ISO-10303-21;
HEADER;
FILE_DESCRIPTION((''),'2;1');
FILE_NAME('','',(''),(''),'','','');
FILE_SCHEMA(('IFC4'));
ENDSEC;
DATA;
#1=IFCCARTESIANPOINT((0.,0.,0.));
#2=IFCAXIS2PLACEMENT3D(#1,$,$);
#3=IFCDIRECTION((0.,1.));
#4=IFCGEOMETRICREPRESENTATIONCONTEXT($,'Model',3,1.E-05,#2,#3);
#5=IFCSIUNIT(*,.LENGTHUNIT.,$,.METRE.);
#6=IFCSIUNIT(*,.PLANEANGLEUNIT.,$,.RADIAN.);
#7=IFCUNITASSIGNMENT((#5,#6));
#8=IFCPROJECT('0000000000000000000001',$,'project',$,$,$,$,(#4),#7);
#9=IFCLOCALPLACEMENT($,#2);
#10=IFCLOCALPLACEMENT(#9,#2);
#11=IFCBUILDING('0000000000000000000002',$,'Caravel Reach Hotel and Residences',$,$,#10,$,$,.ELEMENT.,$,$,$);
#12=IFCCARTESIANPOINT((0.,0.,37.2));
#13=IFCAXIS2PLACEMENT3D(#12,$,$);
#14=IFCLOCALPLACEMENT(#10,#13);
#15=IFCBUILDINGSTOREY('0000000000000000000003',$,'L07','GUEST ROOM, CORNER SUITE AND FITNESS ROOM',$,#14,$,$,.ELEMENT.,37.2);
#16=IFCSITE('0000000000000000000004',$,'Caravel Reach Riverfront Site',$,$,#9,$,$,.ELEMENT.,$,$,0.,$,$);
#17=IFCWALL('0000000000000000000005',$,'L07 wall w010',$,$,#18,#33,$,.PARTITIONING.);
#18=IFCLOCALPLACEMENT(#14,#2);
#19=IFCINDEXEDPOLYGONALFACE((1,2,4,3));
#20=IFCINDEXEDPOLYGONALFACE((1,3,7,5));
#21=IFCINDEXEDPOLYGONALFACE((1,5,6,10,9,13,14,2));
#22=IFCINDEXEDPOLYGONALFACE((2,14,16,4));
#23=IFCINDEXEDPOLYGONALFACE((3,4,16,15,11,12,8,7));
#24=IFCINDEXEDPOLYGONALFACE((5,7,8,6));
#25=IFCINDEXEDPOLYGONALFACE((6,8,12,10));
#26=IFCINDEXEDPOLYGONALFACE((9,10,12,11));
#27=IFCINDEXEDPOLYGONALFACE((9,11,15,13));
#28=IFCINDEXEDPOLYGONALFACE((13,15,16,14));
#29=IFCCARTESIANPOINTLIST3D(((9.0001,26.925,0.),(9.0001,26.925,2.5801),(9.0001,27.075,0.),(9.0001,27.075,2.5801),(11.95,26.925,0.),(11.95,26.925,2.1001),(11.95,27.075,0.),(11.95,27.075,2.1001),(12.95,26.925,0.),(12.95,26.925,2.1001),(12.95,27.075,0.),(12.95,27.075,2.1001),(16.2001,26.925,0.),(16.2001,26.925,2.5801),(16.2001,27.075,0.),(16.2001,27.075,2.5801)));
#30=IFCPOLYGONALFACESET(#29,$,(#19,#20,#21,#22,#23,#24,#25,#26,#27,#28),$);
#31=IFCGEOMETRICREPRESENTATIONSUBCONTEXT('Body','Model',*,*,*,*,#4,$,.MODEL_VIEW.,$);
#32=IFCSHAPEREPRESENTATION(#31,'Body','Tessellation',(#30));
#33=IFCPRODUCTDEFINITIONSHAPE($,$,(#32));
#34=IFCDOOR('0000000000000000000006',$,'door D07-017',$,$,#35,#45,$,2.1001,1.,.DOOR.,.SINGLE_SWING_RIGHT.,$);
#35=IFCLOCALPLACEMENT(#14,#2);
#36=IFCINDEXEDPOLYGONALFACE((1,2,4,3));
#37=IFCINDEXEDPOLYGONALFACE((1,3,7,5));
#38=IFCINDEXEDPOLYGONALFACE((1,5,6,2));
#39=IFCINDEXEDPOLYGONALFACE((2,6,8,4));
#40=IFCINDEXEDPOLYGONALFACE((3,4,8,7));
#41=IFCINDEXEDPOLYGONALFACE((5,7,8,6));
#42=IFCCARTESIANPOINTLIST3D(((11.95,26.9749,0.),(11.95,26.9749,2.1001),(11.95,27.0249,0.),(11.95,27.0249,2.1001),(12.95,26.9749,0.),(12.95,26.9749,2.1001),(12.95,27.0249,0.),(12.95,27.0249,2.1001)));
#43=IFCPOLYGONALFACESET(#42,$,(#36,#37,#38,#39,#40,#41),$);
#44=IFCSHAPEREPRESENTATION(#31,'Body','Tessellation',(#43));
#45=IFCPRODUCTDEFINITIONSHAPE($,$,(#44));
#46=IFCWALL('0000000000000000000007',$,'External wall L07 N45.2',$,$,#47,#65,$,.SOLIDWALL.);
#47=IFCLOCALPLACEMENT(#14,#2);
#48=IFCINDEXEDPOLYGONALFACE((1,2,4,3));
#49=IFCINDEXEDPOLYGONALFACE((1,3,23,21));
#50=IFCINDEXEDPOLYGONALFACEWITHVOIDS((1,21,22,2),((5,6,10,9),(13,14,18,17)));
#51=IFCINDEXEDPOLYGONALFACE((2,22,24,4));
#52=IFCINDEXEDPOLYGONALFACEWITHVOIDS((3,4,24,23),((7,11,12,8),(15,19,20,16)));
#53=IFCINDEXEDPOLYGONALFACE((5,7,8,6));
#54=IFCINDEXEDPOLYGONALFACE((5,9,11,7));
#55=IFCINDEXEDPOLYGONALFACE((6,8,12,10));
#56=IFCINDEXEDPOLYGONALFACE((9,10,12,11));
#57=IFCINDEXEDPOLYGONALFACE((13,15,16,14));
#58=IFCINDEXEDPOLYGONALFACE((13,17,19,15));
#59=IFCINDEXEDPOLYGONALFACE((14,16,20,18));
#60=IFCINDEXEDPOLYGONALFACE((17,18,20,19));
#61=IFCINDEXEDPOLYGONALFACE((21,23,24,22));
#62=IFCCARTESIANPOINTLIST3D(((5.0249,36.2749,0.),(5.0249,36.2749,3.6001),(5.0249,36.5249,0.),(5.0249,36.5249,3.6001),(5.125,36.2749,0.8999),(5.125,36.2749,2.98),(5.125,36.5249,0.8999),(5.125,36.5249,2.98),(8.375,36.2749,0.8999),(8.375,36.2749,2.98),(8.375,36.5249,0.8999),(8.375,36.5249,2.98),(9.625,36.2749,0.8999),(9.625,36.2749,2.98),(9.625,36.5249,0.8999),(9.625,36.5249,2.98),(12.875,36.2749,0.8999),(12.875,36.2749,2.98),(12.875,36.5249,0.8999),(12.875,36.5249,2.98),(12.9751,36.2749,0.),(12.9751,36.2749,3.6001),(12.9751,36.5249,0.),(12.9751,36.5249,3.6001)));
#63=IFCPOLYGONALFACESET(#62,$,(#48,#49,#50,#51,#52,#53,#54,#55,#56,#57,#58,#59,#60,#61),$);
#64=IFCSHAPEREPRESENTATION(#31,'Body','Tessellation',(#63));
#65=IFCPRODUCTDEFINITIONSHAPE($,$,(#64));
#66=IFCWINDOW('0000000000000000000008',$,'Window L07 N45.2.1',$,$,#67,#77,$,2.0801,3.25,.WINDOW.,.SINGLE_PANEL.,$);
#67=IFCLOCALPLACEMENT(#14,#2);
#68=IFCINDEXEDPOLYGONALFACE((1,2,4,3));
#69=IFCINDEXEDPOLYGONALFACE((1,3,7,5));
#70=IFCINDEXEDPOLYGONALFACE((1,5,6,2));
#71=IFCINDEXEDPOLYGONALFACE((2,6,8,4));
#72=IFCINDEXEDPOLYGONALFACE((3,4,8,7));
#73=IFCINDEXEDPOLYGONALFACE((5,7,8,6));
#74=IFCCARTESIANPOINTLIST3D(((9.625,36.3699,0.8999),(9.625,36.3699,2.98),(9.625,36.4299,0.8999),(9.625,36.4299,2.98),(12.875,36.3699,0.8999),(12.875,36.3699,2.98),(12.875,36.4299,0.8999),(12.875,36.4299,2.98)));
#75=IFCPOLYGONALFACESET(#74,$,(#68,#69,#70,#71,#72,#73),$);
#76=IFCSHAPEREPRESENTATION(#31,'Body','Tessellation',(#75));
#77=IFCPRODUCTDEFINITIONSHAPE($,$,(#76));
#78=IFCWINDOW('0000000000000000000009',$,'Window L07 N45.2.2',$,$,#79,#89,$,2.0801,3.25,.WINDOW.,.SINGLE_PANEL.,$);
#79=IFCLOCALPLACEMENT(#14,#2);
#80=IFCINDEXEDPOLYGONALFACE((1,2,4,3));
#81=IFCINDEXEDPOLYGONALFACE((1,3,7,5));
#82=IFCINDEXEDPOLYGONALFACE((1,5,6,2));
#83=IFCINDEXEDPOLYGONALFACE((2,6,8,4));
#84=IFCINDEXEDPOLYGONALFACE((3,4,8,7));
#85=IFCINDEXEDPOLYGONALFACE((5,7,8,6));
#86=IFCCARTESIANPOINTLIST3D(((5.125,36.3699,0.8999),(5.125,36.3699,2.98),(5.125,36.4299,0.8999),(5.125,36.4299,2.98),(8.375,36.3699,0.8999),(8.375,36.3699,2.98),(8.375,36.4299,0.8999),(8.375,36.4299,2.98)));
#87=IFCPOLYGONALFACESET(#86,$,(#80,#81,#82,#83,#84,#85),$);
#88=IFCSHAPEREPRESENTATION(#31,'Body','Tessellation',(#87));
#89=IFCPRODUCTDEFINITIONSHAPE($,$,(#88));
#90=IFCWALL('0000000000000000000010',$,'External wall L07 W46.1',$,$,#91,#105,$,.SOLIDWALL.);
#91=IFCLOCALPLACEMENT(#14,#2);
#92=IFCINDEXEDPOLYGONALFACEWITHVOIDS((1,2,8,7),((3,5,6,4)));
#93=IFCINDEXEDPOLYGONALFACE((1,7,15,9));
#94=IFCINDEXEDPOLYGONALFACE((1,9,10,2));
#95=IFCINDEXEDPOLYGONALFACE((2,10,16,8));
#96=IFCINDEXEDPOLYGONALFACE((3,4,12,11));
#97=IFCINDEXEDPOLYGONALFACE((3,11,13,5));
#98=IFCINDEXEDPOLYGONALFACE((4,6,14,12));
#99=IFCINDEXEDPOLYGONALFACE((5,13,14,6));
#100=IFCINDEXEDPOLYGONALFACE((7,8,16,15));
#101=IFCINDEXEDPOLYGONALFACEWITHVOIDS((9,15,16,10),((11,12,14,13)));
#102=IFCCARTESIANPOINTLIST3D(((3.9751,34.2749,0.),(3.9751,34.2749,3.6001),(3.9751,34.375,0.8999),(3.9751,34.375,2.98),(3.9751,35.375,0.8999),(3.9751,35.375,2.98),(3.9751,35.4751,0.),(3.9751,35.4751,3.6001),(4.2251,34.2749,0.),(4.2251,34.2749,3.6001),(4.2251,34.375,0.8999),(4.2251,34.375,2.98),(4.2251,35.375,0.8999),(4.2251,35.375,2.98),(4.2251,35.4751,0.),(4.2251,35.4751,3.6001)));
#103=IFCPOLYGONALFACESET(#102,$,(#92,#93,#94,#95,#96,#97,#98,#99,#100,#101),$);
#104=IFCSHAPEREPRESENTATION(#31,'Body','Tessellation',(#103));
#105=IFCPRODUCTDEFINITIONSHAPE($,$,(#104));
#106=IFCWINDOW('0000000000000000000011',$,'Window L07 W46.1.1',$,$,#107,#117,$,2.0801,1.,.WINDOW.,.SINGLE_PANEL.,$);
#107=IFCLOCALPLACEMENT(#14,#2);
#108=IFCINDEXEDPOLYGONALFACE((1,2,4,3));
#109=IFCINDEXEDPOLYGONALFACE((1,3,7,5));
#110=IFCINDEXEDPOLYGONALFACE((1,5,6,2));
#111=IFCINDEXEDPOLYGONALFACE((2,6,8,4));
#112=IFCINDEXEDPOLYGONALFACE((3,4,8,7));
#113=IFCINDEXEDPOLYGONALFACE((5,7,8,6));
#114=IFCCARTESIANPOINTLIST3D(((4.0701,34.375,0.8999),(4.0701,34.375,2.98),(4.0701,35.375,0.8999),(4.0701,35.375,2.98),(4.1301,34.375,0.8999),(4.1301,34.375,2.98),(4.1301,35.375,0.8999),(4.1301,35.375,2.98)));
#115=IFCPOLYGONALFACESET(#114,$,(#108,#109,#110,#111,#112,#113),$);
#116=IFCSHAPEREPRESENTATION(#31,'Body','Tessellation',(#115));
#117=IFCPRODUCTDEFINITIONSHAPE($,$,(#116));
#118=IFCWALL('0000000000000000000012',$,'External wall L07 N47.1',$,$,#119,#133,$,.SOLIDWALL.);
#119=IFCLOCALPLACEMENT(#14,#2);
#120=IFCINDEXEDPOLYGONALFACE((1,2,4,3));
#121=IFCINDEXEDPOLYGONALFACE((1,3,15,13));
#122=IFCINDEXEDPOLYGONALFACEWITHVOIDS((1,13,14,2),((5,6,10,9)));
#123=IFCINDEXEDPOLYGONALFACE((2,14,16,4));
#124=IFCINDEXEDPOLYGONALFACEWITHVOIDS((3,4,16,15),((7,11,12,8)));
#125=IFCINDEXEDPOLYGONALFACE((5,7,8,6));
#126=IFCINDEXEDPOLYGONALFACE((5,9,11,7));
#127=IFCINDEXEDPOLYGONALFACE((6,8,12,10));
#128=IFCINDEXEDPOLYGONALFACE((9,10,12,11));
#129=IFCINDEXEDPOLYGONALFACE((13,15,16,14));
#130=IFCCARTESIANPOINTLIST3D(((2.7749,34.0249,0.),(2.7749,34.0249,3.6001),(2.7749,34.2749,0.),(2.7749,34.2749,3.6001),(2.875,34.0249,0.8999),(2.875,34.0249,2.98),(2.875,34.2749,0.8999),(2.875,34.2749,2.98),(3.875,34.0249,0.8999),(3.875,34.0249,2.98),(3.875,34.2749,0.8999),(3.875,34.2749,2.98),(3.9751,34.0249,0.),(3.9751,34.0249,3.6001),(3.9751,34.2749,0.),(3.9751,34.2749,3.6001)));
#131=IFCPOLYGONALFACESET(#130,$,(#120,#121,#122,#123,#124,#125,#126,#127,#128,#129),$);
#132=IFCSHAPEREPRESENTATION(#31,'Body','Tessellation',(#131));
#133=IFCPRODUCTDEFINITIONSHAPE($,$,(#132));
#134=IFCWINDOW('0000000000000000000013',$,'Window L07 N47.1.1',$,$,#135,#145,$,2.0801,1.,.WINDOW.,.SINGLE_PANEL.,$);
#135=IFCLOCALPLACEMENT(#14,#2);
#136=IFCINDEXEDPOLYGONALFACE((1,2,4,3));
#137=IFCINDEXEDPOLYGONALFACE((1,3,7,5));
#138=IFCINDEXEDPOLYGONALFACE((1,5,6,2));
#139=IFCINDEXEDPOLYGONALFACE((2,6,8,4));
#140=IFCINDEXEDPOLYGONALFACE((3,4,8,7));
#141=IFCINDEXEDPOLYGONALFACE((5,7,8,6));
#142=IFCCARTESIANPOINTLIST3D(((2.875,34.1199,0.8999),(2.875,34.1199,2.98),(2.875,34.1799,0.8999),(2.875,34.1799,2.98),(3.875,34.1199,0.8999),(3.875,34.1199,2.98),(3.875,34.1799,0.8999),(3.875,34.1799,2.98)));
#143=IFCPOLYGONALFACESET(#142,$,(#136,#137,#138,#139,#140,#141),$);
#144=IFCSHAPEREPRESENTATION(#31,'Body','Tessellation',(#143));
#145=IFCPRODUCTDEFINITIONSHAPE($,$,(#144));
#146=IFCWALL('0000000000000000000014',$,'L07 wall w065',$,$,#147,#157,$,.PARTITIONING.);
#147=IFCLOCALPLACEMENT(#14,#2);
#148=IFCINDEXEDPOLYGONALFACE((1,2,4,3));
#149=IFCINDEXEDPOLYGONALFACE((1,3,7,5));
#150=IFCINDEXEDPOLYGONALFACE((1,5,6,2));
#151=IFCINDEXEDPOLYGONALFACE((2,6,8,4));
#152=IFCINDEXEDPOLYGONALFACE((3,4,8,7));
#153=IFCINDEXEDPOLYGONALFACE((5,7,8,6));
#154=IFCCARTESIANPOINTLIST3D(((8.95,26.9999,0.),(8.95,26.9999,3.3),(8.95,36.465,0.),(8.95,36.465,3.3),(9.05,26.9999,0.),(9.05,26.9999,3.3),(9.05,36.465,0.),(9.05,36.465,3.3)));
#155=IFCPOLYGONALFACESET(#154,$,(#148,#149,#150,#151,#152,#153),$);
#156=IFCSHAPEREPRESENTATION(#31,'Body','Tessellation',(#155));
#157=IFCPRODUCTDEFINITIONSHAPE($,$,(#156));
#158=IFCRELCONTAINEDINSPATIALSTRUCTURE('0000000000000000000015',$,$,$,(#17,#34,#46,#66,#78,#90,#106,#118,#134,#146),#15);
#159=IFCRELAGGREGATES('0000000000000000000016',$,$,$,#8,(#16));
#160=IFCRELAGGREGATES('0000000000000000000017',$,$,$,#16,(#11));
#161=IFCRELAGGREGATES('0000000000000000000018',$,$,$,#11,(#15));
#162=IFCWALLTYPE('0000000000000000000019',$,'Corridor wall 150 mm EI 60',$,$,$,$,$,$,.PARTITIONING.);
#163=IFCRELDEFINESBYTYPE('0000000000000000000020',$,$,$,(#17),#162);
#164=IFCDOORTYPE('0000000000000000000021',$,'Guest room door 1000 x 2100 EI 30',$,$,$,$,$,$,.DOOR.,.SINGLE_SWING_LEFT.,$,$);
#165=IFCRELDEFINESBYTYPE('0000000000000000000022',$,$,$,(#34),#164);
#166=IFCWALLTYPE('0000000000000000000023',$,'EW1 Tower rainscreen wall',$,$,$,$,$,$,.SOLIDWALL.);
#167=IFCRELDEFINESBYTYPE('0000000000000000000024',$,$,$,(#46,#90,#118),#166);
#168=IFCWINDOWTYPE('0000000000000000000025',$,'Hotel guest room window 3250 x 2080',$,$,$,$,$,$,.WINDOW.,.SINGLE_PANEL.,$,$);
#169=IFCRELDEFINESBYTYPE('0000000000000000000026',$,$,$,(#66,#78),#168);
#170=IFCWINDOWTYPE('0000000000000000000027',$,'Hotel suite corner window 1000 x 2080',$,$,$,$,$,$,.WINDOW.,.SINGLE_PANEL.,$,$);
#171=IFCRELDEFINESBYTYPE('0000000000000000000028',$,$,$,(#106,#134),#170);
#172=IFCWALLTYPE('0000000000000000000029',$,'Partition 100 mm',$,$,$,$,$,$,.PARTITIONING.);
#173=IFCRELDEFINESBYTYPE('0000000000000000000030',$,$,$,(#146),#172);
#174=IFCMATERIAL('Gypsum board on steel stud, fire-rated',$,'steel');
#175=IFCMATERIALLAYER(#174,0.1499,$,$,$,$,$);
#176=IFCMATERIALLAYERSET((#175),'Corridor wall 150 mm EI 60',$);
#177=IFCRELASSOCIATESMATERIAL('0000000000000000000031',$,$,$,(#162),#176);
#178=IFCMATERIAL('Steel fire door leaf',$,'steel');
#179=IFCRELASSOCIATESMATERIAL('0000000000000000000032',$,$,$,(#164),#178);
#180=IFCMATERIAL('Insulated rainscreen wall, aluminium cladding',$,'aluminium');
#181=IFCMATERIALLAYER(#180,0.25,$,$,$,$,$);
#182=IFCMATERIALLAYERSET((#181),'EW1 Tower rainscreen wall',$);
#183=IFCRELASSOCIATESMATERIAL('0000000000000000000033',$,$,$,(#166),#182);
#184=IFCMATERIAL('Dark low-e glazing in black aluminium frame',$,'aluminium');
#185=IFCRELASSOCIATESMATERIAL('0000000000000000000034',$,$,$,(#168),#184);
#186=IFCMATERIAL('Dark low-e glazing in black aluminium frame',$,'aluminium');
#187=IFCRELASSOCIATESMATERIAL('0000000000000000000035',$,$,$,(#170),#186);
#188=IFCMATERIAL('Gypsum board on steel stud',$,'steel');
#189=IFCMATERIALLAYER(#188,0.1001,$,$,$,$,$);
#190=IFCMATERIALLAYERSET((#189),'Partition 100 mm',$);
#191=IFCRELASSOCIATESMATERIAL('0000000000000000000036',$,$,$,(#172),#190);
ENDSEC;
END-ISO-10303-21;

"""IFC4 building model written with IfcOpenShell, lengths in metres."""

from ifc_helpers import new_model, si_unit, direction, frame, frame_2d, origin, place, context, subcontext, project, spatial, rectangle, extrude, material, layer, layer_set, type_object, element, fill, save


model = new_model("IFC4")

# Units and contexts
model_context = context("Model", 3, precision=1e-05, world=origin(), true_north=direction((0.0, 1.0)))
body_context = subcontext(model_context, "Body", "Model", "MODEL_VIEW")
ifc_project = project(units=[si_unit("LENGTHUNIT", "METRE"), si_unit("PLANEANGLEUNIT", "RADIAN")], contexts=[model_context])

# Site, building, storey
site_placement = place(None, origin())
site = spatial("IfcSite", under=ifc_project, at=site_placement, Name="Caravel Reach Riverfront Site", CompositionType="ELEMENT", RefElevation=0.0)
building_placement = place(site_placement, origin())
building = spatial("IfcBuilding", under=site, at=building_placement, Name="Caravel Reach Hotel and Residences", CompositionType="ELEMENT")
storey_placement = place(building_placement, frame((0.0, 0.0, 37.2)))
storey = spatial("IfcBuildingStorey", under=building, at=storey_placement, Name="L07", Description="GUEST ROOM, CORNER SUITE AND FITNESS ROOM", CompositionType="ELEMENT", Elevation=37.2)

# Wall, opening, door
ifc_material_1 = material(Name="Gypsum board on steel stud, fire-rated", Category="steel")
ifc_layer_1 = layer(ifc_material_1, 0.1499)
ifc_layer_set_1 = layer_set([ifc_layer_1], Name="Corridor wall 150 mm EI 60")
wall_type_1 = type_object("IfcWallType", Name="Corridor wall 150 mm EI 60", PredefinedType="PARTITIONING", material=ifc_layer_set_1)
wall_1_placement = place(storey_placement, frame((9.0, 27.0, 0.0), z_axis=(0.0, 0.0, 1.0), x_axis=(1.0, 0.0, 0.0)))
wall_1 = element("IfcWall", 1, at=wall_1_placement, inside=storey, type_object=wall_type_1, Name="L07 wall w010", PredefinedType="PARTITIONING", context=body_context, shape_type="SweptSolid", body=[
    extrude(rectangle(XDim=7.2, YDim=0.1499, at=frame_2d((3.6001, 0.0))), origin(), (0.0, 0.0, 1.0), 2.5801),
])
opening_1_placement = place(wall_1_placement, frame((2.95, 0.0, 0.0)))
opening_1 = element("IfcOpeningElement", 2, at=opening_1_placement, cuts=wall_1, PredefinedType="OPENING", context=body_context, shape_type="SweptSolid", body=[
    extrude(rectangle(XDim=1.0, YDim=2.1001, at=frame_2d((0.5, 1.05))), frame((0.0, 0.085, 0.0), z_axis=(0.0, -1.0, 0.0), x_axis=(1.0, 0.0, 0.0)), (0.0, 0.0, 1.0), 0.1699),
])
ifc_material_2 = material(Name="Steel fire door leaf", Category="steel")
door_type_1 = type_object("IfcDoorType", Name="Guest room door 1000 x 2100 EI 30", OperationType="SINGLE_SWING_LEFT", PredefinedType="DOOR", material=ifc_material_2)
door_1_placement = place(opening_1_placement, origin())
door_1 = element("IfcDoor", 3, at=door_1_placement, inside=storey, type_object=door_type_1, Name="door D07-017", OperationType="SINGLE_SWING_RIGHT", OverallHeight=2.1001, OverallWidth=1.0, PredefinedType="DOOR", context=body_context, shape_type="SweptSolid", body=[
    extrude(rectangle(XDim=1.0, YDim=2.1001, at=frame_2d((0.5, 1.05))), frame((0.0, 0.0249, 0.0), z_axis=(0.0, -1.0, 0.0), x_axis=(1.0, 0.0, 0.0)), (0.0, 0.0, 1.0), 0.05),
])
fill(opening_1, door_1)

# Wall, openings, windows
ifc_material_3 = material(Name="Insulated rainscreen wall, aluminium cladding", Category="aluminium")
ifc_layer_2 = layer(ifc_material_3, 0.25)
ifc_layer_set_2 = layer_set([ifc_layer_2], Name="EW1 Tower rainscreen wall")
wall_type_2 = type_object("IfcWallType", Name="EW1 Tower rainscreen wall", PredefinedType="SOLIDWALL", material=ifc_layer_set_2)
wall_2_placement = place(storey_placement, frame((12.9751, 36.3999, 0.0), z_axis=(0.0, 0.0, 1.0), x_axis=(-1.0, 0.0, 0.0)))
wall_2 = element("IfcWall", 4, at=wall_2_placement, inside=storey, type_object=wall_type_2, Name="External wall L07 N45.2", PredefinedType="SOLIDWALL", context=body_context, shape_type="SweptSolid", body=[
    extrude(rectangle(XDim=7.9502, YDim=0.25, at=frame_2d((3.9751, 0.0))), origin(), (0.0, 0.0, 1.0), 3.6001),
])
opening_2_placement = place(wall_2_placement, frame((0.1001, 0.0, 0.8999)))
opening_2 = element("IfcOpeningElement", 5, at=opening_2_placement, cuts=wall_2, PredefinedType="OPENING", context=body_context, shape_type="SweptSolid", body=[
    extrude(rectangle(XDim=3.25, YDim=2.0801, at=frame_2d((1.625, 1.04))), frame((0.0, 0.135, 0.0), z_axis=(0.0, -1.0, 0.0), x_axis=(1.0, 0.0, 0.0)), (0.0, 0.0, 1.0), 0.27),
])
opening_3_placement = place(wall_2_placement, frame((4.6001, 0.0, 0.8999)))
opening_3 = element("IfcOpeningElement", 6, at=opening_3_placement, cuts=wall_2, PredefinedType="OPENING", context=body_context, shape_type="SweptSolid", body=[
    extrude(rectangle(XDim=3.25, YDim=2.0801, at=frame_2d((1.625, 1.04))), frame((0.0, 0.135, 0.0), z_axis=(0.0, -1.0, 0.0), x_axis=(1.0, 0.0, 0.0)), (0.0, 0.0, 1.0), 0.27),
])
ifc_material_4 = material(Name="Dark low-e glazing in black aluminium frame", Category="aluminium")
window_type_1 = type_object("IfcWindowType", Name="Hotel guest room window 3250 x 2080", PartitioningType="SINGLE_PANEL", PredefinedType="WINDOW", material=ifc_material_4)
window_1_placement = place(opening_2_placement, origin())
window_1 = element("IfcWindow", 7, at=window_1_placement, inside=storey, type_object=window_type_1, Name="Window L07 N45.2.1", OverallHeight=2.0801, OverallWidth=3.25, PartitioningType="SINGLE_PANEL", PredefinedType="WINDOW", context=body_context, shape_type="SweptSolid", body=[
    extrude(rectangle(XDim=3.25, YDim=2.0801, at=frame_2d((1.625, 1.04))), frame((0.0, 0.03, 0.0), z_axis=(0.0, -1.0, 0.0), x_axis=(1.0, 0.0, 0.0)), (0.0, 0.0, 1.0), 0.0601),
])
fill(opening_2, window_1)
window_2_placement = place(opening_3_placement, origin())
window_2 = element("IfcWindow", 8, at=window_2_placement, inside=storey, type_object=window_type_1, Name="Window L07 N45.2.2", OverallHeight=2.0801, OverallWidth=3.25, PartitioningType="SINGLE_PANEL", PredefinedType="WINDOW", context=body_context, shape_type="SweptSolid", body=[
    extrude(rectangle(XDim=3.25, YDim=2.0801, at=frame_2d((1.625, 1.04))), frame((0.0, 0.03, 0.0), z_axis=(0.0, -1.0, 0.0), x_axis=(1.0, 0.0, 0.0)), (0.0, 0.0, 1.0), 0.0601),
])
fill(opening_3, window_2)

# Walls, openings, windows
wall_3_placement = place(storey_placement, frame((4.1001, 35.4751, 0.0), z_axis=(0.0, 0.0, 1.0), x_axis=(0.0, -1.0, 0.0)))
wall_3 = element("IfcWall", 9, at=wall_3_placement, inside=storey, type_object=wall_type_2, Name="External wall L07 W46.1", PredefinedType="SOLIDWALL", context=body_context, shape_type="SweptSolid", body=[
    extrude(rectangle(XDim=1.2002, YDim=0.25, at=frame_2d((0.6001, 0.0))), origin(), (0.0, 0.0, 1.0), 3.6001),
])
opening_4_placement = place(wall_3_placement, frame((0.1001, 0.0, 0.8999)))
opening_4 = element("IfcOpeningElement", 10, at=opening_4_placement, cuts=wall_3, PredefinedType="OPENING", context=body_context, shape_type="SweptSolid", body=[
    extrude(rectangle(XDim=1.0, YDim=2.0801, at=frame_2d((0.5, 1.04))), frame((0.0, 0.135, 0.0), z_axis=(0.0, -1.0, 0.0), x_axis=(1.0, 0.0, 0.0)), (0.0, 0.0, 1.0), 0.27),
])
ifc_material_5 = material(Name="Dark low-e glazing in black aluminium frame", Category="aluminium")
window_type_2 = type_object("IfcWindowType", Name="Hotel suite corner window 1000 x 2080", PartitioningType="SINGLE_PANEL", PredefinedType="WINDOW", material=ifc_material_5)
window_3_placement = place(opening_4_placement, origin())
window_3 = element("IfcWindow", 11, at=window_3_placement, inside=storey, type_object=window_type_2, Name="Window L07 W46.1.1", OverallHeight=2.0801, OverallWidth=1.0, PartitioningType="SINGLE_PANEL", PredefinedType="WINDOW", context=body_context, shape_type="SweptSolid", body=[
    extrude(rectangle(XDim=1.0, YDim=2.0801, at=frame_2d((0.5, 1.04))), frame((0.0, 0.03, 0.0), z_axis=(0.0, -1.0, 0.0), x_axis=(1.0, 0.0, 0.0)), (0.0, 0.0, 1.0), 0.0601),
])
fill(opening_4, window_3)
wall_4_placement = place(storey_placement, frame((3.9751, 34.1499, 0.0), z_axis=(0.0, 0.0, 1.0), x_axis=(-1.0, 0.0, 0.0)))
wall_4 = element("IfcWall", 12, at=wall_4_placement, inside=storey, type_object=wall_type_2, Name="External wall L07 N47.1", PredefinedType="SOLIDWALL", context=body_context, shape_type="SweptSolid", body=[
    extrude(rectangle(XDim=1.2002, YDim=0.25, at=frame_2d((0.6001, 0.0))), origin(), (0.0, 0.0, 1.0), 3.6001),
])
opening_5_placement = place(wall_4_placement, frame((0.1001, 0.0, 0.8999)))
opening_5 = element("IfcOpeningElement", 13, at=opening_5_placement, cuts=wall_4, PredefinedType="OPENING", context=body_context, shape_type="SweptSolid", body=[
    extrude(rectangle(XDim=1.0, YDim=2.0801, at=frame_2d((0.5, 1.04))), frame((0.0, 0.135, 0.0), z_axis=(0.0, -1.0, 0.0), x_axis=(1.0, 0.0, 0.0)), (0.0, 0.0, 1.0), 0.27),
])
window_4_placement = place(opening_5_placement, origin())
window_4 = element("IfcWindow", 14, at=window_4_placement, inside=storey, type_object=window_type_2, Name="Window L07 N47.1.1", OverallHeight=2.0801, OverallWidth=1.0, PartitioningType="SINGLE_PANEL", PredefinedType="WINDOW", context=body_context, shape_type="SweptSolid", body=[
    extrude(rectangle(XDim=1.0, YDim=2.0801, at=frame_2d((0.5, 1.04))), frame((0.0, 0.03, 0.0), z_axis=(0.0, -1.0, 0.0), x_axis=(1.0, 0.0, 0.0)), (0.0, 0.0, 1.0), 0.0601),
])
fill(opening_5, window_4)

# Wall
ifc_material_6 = material(Name="Gypsum board on steel stud", Category="steel")
ifc_layer_3 = layer(ifc_material_6, 0.1001)
ifc_layer_set_3 = layer_set([ifc_layer_3], Name="Partition 100 mm")
wall_type_3 = type_object("IfcWallType", Name="Partition 100 mm", PredefinedType="PARTITIONING", material=ifc_layer_set_3)
wall_5_placement = place(storey_placement, frame((9.0, 27.0, 0.0), z_axis=(0.0, 0.0, 1.0), x_axis=(0.0, 1.0, 0.0)))
element("IfcWall", 15, at=wall_5_placement, inside=storey, type_object=wall_type_3, Name="L07 wall w065", PredefinedType="PARTITIONING", context=body_context, shape_type="SweptSolid", body=[
    extrude(rectangle(XDim=9.4651, YDim=0.1001, at=frame_2d((4.7324, 0.0))), origin(), (0.0, 0.0, 1.0), 3.3),
])

save(model, "model.ifc")
